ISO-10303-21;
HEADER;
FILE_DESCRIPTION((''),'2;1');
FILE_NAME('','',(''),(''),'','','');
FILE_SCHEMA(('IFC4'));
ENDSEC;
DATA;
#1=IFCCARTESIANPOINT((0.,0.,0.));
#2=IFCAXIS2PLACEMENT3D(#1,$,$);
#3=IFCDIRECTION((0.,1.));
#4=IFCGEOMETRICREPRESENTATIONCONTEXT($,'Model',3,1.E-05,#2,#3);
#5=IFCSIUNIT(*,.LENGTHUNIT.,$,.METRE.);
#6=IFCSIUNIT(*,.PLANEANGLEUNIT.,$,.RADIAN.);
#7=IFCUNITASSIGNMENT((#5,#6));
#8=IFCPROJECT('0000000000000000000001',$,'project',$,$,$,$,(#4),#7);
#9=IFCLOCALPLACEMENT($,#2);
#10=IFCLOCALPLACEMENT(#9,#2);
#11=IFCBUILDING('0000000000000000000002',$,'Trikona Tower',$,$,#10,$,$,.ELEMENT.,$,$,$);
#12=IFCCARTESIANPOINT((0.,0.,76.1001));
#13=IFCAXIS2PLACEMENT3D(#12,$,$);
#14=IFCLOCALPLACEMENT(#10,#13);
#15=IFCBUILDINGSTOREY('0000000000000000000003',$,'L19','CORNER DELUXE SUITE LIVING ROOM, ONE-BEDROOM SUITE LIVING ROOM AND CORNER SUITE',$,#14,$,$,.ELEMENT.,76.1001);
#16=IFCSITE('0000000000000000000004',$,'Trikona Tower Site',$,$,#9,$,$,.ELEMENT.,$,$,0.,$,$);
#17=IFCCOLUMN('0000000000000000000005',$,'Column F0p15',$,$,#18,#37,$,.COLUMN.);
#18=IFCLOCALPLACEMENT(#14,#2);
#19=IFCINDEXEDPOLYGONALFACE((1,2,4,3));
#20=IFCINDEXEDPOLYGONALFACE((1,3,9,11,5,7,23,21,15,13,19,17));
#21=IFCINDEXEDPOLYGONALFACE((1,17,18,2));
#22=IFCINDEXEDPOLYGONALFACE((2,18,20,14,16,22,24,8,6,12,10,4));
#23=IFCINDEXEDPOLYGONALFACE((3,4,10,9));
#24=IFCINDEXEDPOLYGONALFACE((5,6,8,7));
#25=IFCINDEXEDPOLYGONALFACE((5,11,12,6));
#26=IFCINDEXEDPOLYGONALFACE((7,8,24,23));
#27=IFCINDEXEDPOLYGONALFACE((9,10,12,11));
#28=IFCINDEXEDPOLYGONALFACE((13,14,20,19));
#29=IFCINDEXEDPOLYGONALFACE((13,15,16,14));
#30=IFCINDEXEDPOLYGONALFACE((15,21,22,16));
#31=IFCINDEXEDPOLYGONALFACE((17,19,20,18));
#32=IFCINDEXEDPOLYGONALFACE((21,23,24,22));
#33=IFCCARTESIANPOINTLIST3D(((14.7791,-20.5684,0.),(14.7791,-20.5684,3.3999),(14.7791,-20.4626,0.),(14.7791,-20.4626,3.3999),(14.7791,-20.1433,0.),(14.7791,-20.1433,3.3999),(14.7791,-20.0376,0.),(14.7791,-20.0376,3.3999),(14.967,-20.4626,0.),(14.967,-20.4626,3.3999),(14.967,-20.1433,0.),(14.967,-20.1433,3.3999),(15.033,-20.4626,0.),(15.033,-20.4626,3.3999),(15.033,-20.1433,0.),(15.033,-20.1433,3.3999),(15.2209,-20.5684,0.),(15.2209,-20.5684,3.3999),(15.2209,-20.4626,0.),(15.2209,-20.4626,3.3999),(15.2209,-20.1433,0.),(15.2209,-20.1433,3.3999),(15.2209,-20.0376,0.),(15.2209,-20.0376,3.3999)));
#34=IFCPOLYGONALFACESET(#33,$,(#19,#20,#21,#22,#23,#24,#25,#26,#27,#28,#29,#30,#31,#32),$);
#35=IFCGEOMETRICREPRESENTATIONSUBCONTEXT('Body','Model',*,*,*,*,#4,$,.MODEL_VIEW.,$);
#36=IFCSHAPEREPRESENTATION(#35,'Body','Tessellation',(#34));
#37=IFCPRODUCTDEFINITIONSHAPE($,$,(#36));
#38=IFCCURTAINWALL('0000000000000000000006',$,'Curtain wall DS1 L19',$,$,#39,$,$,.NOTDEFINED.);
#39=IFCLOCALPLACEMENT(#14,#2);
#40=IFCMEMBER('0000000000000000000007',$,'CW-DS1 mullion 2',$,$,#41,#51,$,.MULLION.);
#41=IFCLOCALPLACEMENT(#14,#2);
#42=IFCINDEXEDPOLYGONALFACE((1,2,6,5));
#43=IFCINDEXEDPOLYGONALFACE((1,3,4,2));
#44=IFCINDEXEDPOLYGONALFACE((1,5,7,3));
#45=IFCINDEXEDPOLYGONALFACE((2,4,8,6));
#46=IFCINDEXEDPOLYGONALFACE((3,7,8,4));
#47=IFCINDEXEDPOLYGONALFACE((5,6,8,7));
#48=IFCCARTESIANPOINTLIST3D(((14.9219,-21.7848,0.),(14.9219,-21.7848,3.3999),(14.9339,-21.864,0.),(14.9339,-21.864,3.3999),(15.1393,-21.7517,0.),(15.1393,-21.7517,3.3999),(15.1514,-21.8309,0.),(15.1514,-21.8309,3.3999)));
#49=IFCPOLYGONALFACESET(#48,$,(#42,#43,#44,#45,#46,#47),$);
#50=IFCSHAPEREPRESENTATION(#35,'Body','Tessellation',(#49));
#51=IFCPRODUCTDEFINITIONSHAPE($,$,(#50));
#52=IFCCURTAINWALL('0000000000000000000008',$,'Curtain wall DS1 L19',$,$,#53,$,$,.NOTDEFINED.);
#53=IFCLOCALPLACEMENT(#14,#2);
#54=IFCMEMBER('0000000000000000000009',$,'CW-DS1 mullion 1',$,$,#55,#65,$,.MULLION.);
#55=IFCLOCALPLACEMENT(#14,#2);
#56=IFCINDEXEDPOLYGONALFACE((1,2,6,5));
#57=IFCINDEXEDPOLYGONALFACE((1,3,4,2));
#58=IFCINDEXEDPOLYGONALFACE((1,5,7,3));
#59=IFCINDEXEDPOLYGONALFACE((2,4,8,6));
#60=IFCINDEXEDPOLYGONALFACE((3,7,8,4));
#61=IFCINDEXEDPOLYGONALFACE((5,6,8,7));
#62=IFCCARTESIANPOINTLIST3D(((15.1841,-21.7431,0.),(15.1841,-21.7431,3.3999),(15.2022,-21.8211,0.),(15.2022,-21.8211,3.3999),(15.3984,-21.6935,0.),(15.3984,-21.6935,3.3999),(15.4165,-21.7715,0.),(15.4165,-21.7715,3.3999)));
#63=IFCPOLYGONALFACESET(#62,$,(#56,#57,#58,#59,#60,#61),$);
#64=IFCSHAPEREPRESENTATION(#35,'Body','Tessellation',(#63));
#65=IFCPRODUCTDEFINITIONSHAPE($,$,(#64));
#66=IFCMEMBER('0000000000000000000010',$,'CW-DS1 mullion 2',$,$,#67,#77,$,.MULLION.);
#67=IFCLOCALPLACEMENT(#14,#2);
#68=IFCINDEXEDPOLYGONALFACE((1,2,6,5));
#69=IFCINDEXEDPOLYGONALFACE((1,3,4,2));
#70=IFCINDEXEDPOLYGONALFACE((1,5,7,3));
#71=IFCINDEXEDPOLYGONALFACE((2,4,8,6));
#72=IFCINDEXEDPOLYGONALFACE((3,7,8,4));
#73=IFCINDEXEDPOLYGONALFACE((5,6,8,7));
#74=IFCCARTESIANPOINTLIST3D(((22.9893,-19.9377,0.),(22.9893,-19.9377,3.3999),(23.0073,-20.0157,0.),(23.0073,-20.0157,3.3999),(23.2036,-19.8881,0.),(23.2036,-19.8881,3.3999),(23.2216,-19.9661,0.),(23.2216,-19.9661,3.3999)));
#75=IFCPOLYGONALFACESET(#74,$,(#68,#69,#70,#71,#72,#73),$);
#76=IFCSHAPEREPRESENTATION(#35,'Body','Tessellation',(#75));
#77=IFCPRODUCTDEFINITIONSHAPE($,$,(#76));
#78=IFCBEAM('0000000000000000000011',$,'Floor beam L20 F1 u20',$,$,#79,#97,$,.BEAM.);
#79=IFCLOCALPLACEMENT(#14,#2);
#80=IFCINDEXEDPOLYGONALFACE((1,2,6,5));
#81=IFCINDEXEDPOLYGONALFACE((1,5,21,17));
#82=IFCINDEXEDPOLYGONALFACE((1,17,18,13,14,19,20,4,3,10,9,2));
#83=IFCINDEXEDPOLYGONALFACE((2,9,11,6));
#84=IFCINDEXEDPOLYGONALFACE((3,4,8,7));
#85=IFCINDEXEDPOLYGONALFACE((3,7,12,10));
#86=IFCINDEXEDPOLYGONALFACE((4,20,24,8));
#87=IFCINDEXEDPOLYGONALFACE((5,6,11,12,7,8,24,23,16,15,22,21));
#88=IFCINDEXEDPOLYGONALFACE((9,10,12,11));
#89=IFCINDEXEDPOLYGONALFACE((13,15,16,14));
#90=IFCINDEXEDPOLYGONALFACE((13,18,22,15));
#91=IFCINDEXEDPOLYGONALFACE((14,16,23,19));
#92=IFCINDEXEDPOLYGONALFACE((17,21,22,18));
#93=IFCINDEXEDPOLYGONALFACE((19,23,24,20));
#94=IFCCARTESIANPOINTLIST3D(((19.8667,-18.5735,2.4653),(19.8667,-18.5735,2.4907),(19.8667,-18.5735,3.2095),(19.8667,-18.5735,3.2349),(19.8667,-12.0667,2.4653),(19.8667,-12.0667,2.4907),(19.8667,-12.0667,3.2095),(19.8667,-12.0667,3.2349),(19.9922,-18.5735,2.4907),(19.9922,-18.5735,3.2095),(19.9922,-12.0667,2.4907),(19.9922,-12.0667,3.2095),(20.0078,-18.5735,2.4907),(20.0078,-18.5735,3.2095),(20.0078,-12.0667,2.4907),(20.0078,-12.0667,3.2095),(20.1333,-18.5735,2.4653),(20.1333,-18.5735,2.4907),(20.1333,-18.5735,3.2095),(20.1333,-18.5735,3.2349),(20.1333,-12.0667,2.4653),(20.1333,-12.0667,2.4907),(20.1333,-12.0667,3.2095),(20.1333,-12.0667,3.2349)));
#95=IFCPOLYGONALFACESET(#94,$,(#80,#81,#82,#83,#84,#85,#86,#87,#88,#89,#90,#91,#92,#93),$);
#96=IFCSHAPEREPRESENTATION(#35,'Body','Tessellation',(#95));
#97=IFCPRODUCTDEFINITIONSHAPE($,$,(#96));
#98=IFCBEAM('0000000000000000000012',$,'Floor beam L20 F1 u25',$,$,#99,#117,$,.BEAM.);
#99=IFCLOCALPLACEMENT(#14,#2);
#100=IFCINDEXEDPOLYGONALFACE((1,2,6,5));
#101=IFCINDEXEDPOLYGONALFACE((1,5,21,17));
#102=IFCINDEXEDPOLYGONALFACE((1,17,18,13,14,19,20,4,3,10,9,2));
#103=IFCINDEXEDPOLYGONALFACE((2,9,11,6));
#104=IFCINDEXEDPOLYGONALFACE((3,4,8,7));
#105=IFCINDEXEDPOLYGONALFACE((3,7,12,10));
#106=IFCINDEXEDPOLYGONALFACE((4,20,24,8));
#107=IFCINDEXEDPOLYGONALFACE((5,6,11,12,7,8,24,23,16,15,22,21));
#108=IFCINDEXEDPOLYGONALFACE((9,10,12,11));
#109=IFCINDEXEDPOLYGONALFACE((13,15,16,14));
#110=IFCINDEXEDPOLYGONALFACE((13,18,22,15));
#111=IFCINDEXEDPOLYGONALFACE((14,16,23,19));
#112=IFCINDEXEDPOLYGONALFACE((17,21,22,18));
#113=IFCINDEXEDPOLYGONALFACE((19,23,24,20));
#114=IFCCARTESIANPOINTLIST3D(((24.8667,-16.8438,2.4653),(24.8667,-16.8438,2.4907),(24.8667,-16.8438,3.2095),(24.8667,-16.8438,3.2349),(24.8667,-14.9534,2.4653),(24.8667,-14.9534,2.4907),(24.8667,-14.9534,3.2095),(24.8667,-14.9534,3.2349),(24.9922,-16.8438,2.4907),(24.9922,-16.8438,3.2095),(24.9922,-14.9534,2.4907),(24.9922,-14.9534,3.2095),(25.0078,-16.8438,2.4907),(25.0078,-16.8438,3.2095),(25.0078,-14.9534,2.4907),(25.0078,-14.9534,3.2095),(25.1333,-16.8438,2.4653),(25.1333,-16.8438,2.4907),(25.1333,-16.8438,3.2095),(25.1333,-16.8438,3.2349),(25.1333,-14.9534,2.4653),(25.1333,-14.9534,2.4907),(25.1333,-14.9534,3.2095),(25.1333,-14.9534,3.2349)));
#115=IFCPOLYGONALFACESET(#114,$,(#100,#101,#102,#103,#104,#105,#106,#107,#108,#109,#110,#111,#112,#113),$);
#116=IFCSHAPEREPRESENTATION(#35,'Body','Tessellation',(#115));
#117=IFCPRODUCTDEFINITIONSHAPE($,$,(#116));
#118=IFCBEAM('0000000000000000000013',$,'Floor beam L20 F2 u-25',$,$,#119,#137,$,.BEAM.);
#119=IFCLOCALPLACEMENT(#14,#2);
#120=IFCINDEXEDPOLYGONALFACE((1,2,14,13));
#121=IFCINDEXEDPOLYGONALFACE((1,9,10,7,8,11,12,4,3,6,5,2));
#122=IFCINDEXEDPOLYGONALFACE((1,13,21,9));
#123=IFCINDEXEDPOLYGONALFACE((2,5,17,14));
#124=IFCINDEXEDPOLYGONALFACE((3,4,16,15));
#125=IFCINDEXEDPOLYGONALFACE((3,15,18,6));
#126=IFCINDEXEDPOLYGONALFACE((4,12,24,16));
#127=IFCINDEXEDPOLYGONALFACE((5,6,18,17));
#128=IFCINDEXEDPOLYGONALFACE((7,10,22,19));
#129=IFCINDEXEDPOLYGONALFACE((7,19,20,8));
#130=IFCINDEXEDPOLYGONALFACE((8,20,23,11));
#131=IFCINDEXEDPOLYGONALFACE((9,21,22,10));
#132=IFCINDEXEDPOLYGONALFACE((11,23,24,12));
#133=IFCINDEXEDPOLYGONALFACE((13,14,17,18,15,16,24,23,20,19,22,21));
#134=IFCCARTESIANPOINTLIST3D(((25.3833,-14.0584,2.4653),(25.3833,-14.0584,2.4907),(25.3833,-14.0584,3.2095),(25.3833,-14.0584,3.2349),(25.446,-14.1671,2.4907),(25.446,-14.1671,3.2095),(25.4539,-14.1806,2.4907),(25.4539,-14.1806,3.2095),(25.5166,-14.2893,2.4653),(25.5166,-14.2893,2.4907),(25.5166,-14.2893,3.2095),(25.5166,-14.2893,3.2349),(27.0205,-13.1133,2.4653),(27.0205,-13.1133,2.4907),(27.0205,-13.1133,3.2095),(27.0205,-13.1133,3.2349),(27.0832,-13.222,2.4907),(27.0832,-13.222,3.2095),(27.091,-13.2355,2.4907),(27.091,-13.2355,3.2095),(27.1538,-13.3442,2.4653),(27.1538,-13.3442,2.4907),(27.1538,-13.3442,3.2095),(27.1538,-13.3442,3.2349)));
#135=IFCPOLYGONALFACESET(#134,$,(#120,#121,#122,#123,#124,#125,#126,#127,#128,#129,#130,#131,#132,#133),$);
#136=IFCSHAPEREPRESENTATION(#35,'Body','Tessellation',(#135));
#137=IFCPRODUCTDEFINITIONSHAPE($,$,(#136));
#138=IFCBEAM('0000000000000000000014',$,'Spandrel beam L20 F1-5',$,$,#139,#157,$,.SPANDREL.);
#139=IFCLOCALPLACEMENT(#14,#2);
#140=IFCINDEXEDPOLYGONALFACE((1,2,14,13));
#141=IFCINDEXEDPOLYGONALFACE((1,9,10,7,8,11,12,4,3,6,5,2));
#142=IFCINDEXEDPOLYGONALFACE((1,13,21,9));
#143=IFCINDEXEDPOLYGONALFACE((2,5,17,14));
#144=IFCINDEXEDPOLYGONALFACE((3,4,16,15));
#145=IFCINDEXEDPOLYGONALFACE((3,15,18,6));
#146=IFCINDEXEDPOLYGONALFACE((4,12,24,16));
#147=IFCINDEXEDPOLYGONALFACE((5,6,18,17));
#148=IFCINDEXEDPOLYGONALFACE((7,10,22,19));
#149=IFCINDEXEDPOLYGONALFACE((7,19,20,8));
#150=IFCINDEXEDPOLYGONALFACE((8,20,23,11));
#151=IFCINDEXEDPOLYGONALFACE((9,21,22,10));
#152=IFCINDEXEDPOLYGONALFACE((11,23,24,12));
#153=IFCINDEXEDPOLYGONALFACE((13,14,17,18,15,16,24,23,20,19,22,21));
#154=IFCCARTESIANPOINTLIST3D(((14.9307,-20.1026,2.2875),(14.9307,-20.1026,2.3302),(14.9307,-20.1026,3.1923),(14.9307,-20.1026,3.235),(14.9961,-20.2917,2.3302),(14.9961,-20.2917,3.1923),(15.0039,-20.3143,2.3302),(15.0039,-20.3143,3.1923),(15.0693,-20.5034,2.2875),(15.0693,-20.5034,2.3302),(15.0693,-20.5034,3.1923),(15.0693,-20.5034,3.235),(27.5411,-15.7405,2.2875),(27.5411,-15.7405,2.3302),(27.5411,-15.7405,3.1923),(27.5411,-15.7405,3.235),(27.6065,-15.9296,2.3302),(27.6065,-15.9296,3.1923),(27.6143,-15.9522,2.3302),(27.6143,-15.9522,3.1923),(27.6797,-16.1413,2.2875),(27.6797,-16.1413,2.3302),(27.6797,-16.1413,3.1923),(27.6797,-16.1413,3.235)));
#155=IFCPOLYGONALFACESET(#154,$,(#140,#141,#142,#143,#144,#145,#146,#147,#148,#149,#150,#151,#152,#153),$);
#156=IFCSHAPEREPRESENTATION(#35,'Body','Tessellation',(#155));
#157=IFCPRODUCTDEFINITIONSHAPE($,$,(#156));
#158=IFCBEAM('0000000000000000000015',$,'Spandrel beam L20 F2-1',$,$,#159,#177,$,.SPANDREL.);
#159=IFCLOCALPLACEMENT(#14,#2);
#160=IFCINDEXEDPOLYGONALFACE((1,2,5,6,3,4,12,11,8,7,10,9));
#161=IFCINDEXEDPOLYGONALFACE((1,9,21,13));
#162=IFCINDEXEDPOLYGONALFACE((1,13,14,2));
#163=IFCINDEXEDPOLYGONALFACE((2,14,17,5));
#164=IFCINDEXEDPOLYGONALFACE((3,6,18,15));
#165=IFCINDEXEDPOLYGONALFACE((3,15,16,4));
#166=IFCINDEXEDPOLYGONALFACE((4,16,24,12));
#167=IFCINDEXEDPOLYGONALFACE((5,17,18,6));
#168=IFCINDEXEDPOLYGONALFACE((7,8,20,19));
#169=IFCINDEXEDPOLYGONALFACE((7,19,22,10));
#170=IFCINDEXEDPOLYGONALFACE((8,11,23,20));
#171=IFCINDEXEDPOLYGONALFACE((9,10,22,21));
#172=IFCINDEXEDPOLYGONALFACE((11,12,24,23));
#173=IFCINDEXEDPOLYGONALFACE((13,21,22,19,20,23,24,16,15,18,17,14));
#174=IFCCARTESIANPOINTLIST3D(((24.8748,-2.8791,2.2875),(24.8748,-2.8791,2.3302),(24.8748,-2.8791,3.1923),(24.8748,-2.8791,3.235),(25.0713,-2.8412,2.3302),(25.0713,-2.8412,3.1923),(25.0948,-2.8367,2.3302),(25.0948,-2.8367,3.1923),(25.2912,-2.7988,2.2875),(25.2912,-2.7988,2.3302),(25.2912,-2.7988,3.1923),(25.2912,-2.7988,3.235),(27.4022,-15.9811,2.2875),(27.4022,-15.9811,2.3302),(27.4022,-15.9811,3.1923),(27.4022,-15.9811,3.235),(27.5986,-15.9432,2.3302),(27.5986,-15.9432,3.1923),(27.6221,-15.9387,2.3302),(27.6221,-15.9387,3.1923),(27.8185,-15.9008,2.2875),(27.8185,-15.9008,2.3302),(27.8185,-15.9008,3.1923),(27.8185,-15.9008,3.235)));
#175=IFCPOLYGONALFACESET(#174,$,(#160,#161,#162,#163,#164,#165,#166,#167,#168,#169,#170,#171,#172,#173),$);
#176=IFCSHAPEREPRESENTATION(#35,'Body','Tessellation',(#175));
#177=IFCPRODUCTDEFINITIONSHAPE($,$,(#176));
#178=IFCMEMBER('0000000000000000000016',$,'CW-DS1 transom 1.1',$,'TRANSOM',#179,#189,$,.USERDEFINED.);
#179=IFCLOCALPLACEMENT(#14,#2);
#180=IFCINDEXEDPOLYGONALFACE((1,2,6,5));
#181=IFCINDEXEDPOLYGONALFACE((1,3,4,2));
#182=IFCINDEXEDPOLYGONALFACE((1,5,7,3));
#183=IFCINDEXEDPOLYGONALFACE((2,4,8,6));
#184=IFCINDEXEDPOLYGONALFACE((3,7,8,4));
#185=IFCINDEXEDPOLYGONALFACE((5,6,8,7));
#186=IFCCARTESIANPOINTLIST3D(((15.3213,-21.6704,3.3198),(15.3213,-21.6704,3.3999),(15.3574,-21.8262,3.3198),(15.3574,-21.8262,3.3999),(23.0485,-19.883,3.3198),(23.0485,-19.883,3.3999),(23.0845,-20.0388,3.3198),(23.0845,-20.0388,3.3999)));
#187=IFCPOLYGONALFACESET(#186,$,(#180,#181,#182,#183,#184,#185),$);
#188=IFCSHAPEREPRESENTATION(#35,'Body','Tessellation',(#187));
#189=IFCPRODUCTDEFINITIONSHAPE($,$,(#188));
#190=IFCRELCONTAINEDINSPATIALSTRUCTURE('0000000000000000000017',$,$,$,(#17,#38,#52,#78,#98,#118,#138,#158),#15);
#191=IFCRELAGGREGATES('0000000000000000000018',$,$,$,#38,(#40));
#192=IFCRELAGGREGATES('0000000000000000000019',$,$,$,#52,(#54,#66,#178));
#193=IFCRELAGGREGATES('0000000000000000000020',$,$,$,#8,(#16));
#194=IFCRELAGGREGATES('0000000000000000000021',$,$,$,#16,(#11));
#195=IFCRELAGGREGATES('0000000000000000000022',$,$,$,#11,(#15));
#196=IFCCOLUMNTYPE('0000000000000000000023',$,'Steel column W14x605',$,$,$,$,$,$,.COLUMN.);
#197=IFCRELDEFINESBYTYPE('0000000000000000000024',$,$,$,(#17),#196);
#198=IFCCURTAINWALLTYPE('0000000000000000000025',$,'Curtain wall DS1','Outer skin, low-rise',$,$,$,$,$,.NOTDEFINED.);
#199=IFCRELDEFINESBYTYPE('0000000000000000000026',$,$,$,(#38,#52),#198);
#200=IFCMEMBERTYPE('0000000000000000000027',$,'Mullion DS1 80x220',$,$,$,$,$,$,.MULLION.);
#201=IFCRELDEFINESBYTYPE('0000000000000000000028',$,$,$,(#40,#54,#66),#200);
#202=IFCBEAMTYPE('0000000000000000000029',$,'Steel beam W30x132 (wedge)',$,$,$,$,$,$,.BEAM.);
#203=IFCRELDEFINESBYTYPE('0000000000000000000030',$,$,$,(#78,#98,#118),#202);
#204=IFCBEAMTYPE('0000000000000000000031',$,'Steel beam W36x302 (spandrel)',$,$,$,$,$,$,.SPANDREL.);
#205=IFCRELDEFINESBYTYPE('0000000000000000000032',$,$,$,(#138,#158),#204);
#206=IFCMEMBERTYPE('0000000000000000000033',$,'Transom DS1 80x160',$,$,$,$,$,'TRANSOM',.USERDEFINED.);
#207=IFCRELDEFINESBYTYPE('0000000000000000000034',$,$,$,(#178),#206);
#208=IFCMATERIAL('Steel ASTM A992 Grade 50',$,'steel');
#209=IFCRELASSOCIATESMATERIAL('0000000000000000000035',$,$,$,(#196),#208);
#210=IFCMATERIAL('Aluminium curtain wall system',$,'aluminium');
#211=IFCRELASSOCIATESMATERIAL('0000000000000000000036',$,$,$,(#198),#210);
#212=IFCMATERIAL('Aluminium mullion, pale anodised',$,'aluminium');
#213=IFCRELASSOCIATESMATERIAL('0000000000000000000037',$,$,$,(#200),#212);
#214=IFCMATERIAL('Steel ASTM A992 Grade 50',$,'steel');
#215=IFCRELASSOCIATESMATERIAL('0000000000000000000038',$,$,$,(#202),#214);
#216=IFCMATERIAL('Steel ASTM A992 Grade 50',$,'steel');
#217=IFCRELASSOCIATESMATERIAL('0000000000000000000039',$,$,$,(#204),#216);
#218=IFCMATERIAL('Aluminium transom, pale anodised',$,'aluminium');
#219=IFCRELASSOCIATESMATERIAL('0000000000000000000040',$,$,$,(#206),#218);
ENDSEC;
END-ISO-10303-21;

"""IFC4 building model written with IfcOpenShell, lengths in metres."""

from ifc_helpers import new_model, si_unit, direction, frame, origin, origin_2d, place, context, subcontext, project, spatial, rectangle, i_section, extrude, material, material_profile, profile_set, type_object, element, aggregate, save


model = new_model("IFC4")

# Units and contexts
model_context = context("Model", 3, precision=1e-05, world=origin(), true_north=direction((0.0, 1.0)))
body_context = subcontext(model_context, "Body", "Model", "MODEL_VIEW")
ifc_project = project(units=[si_unit("LENGTHUNIT", "METRE"), si_unit("PLANEANGLEUNIT", "RADIAN")], contexts=[model_context])

# Site, building, storey
site_placement = place(None, origin())
site = spatial("IfcSite", under=ifc_project, at=site_placement, Name="Trikona Tower Site", CompositionType="ELEMENT", RefElevation=0.0)
building_placement = place(site_placement, origin())
building = spatial("IfcBuilding", under=site, at=building_placement, Name="Trikona Tower", CompositionType="ELEMENT")
storey_placement = place(building_placement, frame((0.0, 0.0, 76.1001)))
storey = spatial("IfcBuildingStorey", under=building, at=storey_placement, Name="L19", Description="CORNER DELUXE SUITE LIVING ROOM, ONE-BEDROOM SUITE LIVING ROOM AND CORNER SUITE", CompositionType="ELEMENT", Elevation=76.1001)

# Column
ifc_material_1 = material(Name="Steel ASTM A992 Grade 50", Category="steel")
ifc_material_profile_1 = material_profile(ifc_material_1, i_section(OverallWidth=0.4419, OverallDepth=0.5308, WebThickness=0.0659, FlangeThickness=0.1057, at=origin_2d()), Name="W14X605")
ifc_profile_set_1 = profile_set([ifc_material_profile_1], Name="Steel ASTM A992 Grade 50")
column_type = type_object("IfcColumnType", Name="Steel column W14x605", PredefinedType="COLUMN", material=ifc_profile_set_1)
column_placement = place(storey_placement, frame((15.0, -20.303, 0.0), z_axis=(0.0, 0.0, 1.0), x_axis=(1.0, 0.0, 0.0)))
element("IfcColumn", 1, at=column_placement, inside=storey, type_object=column_type, Name="Column F0p15", PredefinedType="COLUMN", context=body_context, shape_type="SweptSolid", body=[
    extrude(i_section(OverallWidth=0.4419, OverallDepth=0.5308, WebThickness=0.0659, FlangeThickness=0.1057, at=origin_2d()), origin(), (0.0, 0.0, 1.0), 3.3999),
])

# Curtain wall, member
ifc_material_2 = material(Name="Aluminium curtain wall system", Category="aluminium")
curtain_wall_type = type_object("IfcCurtainWallType", Name="Curtain wall DS1", Description="Outer skin, low-rise", PredefinedType="NOTDEFINED", material=ifc_material_2)
curtain_wall_1_placement = place(storey_placement, origin())
curtain_wall_1 = element("IfcCurtainWall", 2, at=curtain_wall_1_placement, inside=storey, type_object=curtain_wall_type, Name="Curtain wall DS1 L19", PredefinedType="NOTDEFINED")
ifc_material_3 = material(Name="Aluminium mullion, pale anodised", Category="aluminium")
ifc_material_profile_2 = material_profile(ifc_material_3, rectangle(XDim=0.0801, YDim=0.22, at=origin_2d()), Name="MUL-DS1")
ifc_profile_set_2 = profile_set([ifc_material_profile_2], Name="Aluminium mullion, pale anodised")
member_type_1 = type_object("IfcMemberType", Name="Mullion DS1 80x220", PredefinedType="MULLION", material=ifc_profile_set_2)
member_1_placement = place(storey_placement, frame((15.0366, -21.8079, 0.0), z_axis=(0.0, 0.0, 1.0), x_axis=(-0.150438, 0.988619, 0.0)))
member_1 = element("IfcMember", 3, at=member_1_placement, type_object=member_type_1, Name="CW-DS1 mullion 2", PredefinedType="MULLION", context=body_context, shape_type="SweptSolid", body=[
    extrude(rectangle(XDim=0.0801, YDim=0.22, at=origin_2d()), origin(), (0.0, 0.0, 1.0), 3.3999),
])
aggregate(curtain_wall_1, [member_1])

# Curtain wall, members
curtain_wall_2_placement = place(storey_placement, origin())
curtain_wall_2 = element("IfcCurtainWall", 4, at=curtain_wall_2_placement, inside=storey, type_object=curtain_wall_type, Name="Curtain wall DS1 L19", PredefinedType="NOTDEFINED")
member_2_placement = place(storey_placement, frame((15.3003, -21.7573, 0.0), z_axis=(0.0, 0.0, 1.0), x_axis=(-0.225343, 0.974279, 0.0)))
member_2 = element("IfcMember", 5, at=member_2_placement, type_object=member_type_1, Name="CW-DS1 mullion 1", PredefinedType="MULLION", context=body_context, shape_type="SweptSolid", body=[
    extrude(rectangle(XDim=0.0801, YDim=0.22, at=origin_2d()), origin(), (0.0, 0.0, 1.0), 3.3999),
])
member_3_placement = place(storey_placement, frame((23.1055, -19.9519, 0.0), z_axis=(0.0, 0.0, 1.0), x_axis=(-0.225343, 0.974279, 0.0)))
member_3 = element("IfcMember", 6, at=member_3_placement, type_object=member_type_1, Name="CW-DS1 mullion 2", PredefinedType="MULLION", context=body_context, shape_type="SweptSolid", body=[
    extrude(rectangle(XDim=0.0801, YDim=0.22, at=origin_2d()), origin(), (0.0, 0.0, 1.0), 3.3999),
])

# Beams
ifc_material_4 = material(Name="Steel ASTM A992 Grade 50", Category="steel")
ifc_material_profile_3 = material_profile(ifc_material_4, i_section(OverallWidth=0.2666, OverallDepth=0.7695, WebThickness=0.0156, FlangeThickness=0.0254, at=origin_2d()), Name="W30X132")
ifc_profile_set_3 = profile_set([ifc_material_profile_3], Name="Steel ASTM A992 Grade 50")
beam_type_1 = type_object("IfcBeamType", Name="Steel beam W30x132 (wedge)", PredefinedType="BEAM", material=ifc_profile_set_3)
beam_placement = place(storey_placement, frame((20.0, -12.0667, 2.8501), z_axis=(0.0, -1.0, 0.0), x_axis=(1.0, 0.0, 0.0)))
element("IfcBeam", 7, at=beam_placement, inside=storey, type_object=beam_type_1, Name="Floor beam L20 F1 u20", PredefinedType="BEAM", context=body_context, shape_type="SweptSolid", body=[
    extrude(i_section(OverallWidth=0.2666, OverallDepth=0.7695, WebThickness=0.0156, FlangeThickness=0.0254, at=origin_2d()), origin(), (0.0, 0.0, 1.0), 6.5068),
])
for number, where, z_axis, x_axis, name in (
    (8, (25.0, -14.9534, 2.8501), (0.0, -1.0, 0.0), (1.0, 0.0, 0.0), "Floor beam L20 F1 u25"),
    (9, (25.45, -14.1738, 2.8501), (0.866065, 0.499931, 0.0), (-0.499931, 0.866065, 0.0), "Floor beam L20 F2 u-25"),
):
    element("IfcBeam", number, at=place(storey_placement, frame(where, z_axis=z_axis, x_axis=x_axis)), inside=storey, type_object=beam_type_1, Name=name, PredefinedType="BEAM", context=body_context, shape_type="SweptSolid", body=[
        extrude(i_section(OverallWidth=0.2666, OverallDepth=0.7695, WebThickness=0.0156, FlangeThickness=0.0254, at=origin_2d()), origin(), (0.0, 0.0, 1.0), 1.8904),
    ])
ifc_material_5 = material(Name="Steel ASTM A992 Grade 50", Category="steel")
ifc_material_profile_4 = material_profile(ifc_material_5, i_section(OverallWidth=0.4241, OverallDepth=0.9475, WebThickness=0.0239, FlangeThickness=0.0427, at=origin_2d()), Name="W36X302")
ifc_profile_set_4 = profile_set([ifc_material_profile_4], Name="Steel ASTM A992 Grade 50")
beam_type_2 = type_object("IfcBeamType", Name="Steel beam W36x302 (spandrel)", PredefinedType="SPANDREL", material=ifc_profile_set_4)
for number, where, z_axis, x_axis, name in (
    (10, (15.0, -20.303, 2.7612), (0.945057, 0.326906, 0.0), (-0.326906, 0.945057, 0.0), "Spandrel beam L20 F1-5"),
    (11, (27.6104, -15.9409, 2.7612), (-0.189405, 0.981899, 0.0), (-0.981899, -0.189405, 0.0), "Spandrel beam L20 F2-1"),
):
    element("IfcBeam", number, at=place(storey_placement, frame(where, z_axis=z_axis, x_axis=x_axis)), inside=storey, type_object=beam_type_2, Name=name, PredefinedType="SPANDREL", context=body_context, shape_type="SweptSolid", body=[
        extrude(i_section(OverallWidth=0.4241, OverallDepth=0.9475, WebThickness=0.0239, FlangeThickness=0.0427, at=origin_2d()), origin(), (0.0, 0.0, 1.0), 13.3435),
    ])

# Member
ifc_material_6 = material(Name="Aluminium transom, pale anodised", Category="aluminium")
ifc_material_profile_5 = material_profile(ifc_material_6, rectangle(XDim=0.1599, YDim=0.0801, at=origin_2d()), Name="TRN-DS1")
ifc_profile_set_5 = profile_set([ifc_material_profile_5], Name="Aluminium transom, pale anodised")
member_type_2 = type_object("IfcMemberType", Name="Transom DS1 80x160", ElementType="TRANSOM", PredefinedType="USERDEFINED", material=ifc_profile_set_5)
member_4_placement = place(storey_placement, frame((15.3394, -21.7483, 3.3599), z_axis=(0.974275, 0.225361, 0.0), x_axis=(-0.225361, 0.974275, 0.0)))
member_4 = element("IfcMember", 12, at=member_4_placement, type_object=member_type_2, Name="CW-DS1 transom 1.1", ObjectType="TRANSOM", PredefinedType="USERDEFINED", context=body_context, shape_type="SweptSolid", body=[
    extrude(rectangle(XDim=0.1599, YDim=0.0801, at=origin_2d()), origin(), (0.0, 0.0, 1.0), 7.9312),
])

aggregate(curtain_wall_2, [member_2, member_3, member_4])

save(model, "model.ifc")
